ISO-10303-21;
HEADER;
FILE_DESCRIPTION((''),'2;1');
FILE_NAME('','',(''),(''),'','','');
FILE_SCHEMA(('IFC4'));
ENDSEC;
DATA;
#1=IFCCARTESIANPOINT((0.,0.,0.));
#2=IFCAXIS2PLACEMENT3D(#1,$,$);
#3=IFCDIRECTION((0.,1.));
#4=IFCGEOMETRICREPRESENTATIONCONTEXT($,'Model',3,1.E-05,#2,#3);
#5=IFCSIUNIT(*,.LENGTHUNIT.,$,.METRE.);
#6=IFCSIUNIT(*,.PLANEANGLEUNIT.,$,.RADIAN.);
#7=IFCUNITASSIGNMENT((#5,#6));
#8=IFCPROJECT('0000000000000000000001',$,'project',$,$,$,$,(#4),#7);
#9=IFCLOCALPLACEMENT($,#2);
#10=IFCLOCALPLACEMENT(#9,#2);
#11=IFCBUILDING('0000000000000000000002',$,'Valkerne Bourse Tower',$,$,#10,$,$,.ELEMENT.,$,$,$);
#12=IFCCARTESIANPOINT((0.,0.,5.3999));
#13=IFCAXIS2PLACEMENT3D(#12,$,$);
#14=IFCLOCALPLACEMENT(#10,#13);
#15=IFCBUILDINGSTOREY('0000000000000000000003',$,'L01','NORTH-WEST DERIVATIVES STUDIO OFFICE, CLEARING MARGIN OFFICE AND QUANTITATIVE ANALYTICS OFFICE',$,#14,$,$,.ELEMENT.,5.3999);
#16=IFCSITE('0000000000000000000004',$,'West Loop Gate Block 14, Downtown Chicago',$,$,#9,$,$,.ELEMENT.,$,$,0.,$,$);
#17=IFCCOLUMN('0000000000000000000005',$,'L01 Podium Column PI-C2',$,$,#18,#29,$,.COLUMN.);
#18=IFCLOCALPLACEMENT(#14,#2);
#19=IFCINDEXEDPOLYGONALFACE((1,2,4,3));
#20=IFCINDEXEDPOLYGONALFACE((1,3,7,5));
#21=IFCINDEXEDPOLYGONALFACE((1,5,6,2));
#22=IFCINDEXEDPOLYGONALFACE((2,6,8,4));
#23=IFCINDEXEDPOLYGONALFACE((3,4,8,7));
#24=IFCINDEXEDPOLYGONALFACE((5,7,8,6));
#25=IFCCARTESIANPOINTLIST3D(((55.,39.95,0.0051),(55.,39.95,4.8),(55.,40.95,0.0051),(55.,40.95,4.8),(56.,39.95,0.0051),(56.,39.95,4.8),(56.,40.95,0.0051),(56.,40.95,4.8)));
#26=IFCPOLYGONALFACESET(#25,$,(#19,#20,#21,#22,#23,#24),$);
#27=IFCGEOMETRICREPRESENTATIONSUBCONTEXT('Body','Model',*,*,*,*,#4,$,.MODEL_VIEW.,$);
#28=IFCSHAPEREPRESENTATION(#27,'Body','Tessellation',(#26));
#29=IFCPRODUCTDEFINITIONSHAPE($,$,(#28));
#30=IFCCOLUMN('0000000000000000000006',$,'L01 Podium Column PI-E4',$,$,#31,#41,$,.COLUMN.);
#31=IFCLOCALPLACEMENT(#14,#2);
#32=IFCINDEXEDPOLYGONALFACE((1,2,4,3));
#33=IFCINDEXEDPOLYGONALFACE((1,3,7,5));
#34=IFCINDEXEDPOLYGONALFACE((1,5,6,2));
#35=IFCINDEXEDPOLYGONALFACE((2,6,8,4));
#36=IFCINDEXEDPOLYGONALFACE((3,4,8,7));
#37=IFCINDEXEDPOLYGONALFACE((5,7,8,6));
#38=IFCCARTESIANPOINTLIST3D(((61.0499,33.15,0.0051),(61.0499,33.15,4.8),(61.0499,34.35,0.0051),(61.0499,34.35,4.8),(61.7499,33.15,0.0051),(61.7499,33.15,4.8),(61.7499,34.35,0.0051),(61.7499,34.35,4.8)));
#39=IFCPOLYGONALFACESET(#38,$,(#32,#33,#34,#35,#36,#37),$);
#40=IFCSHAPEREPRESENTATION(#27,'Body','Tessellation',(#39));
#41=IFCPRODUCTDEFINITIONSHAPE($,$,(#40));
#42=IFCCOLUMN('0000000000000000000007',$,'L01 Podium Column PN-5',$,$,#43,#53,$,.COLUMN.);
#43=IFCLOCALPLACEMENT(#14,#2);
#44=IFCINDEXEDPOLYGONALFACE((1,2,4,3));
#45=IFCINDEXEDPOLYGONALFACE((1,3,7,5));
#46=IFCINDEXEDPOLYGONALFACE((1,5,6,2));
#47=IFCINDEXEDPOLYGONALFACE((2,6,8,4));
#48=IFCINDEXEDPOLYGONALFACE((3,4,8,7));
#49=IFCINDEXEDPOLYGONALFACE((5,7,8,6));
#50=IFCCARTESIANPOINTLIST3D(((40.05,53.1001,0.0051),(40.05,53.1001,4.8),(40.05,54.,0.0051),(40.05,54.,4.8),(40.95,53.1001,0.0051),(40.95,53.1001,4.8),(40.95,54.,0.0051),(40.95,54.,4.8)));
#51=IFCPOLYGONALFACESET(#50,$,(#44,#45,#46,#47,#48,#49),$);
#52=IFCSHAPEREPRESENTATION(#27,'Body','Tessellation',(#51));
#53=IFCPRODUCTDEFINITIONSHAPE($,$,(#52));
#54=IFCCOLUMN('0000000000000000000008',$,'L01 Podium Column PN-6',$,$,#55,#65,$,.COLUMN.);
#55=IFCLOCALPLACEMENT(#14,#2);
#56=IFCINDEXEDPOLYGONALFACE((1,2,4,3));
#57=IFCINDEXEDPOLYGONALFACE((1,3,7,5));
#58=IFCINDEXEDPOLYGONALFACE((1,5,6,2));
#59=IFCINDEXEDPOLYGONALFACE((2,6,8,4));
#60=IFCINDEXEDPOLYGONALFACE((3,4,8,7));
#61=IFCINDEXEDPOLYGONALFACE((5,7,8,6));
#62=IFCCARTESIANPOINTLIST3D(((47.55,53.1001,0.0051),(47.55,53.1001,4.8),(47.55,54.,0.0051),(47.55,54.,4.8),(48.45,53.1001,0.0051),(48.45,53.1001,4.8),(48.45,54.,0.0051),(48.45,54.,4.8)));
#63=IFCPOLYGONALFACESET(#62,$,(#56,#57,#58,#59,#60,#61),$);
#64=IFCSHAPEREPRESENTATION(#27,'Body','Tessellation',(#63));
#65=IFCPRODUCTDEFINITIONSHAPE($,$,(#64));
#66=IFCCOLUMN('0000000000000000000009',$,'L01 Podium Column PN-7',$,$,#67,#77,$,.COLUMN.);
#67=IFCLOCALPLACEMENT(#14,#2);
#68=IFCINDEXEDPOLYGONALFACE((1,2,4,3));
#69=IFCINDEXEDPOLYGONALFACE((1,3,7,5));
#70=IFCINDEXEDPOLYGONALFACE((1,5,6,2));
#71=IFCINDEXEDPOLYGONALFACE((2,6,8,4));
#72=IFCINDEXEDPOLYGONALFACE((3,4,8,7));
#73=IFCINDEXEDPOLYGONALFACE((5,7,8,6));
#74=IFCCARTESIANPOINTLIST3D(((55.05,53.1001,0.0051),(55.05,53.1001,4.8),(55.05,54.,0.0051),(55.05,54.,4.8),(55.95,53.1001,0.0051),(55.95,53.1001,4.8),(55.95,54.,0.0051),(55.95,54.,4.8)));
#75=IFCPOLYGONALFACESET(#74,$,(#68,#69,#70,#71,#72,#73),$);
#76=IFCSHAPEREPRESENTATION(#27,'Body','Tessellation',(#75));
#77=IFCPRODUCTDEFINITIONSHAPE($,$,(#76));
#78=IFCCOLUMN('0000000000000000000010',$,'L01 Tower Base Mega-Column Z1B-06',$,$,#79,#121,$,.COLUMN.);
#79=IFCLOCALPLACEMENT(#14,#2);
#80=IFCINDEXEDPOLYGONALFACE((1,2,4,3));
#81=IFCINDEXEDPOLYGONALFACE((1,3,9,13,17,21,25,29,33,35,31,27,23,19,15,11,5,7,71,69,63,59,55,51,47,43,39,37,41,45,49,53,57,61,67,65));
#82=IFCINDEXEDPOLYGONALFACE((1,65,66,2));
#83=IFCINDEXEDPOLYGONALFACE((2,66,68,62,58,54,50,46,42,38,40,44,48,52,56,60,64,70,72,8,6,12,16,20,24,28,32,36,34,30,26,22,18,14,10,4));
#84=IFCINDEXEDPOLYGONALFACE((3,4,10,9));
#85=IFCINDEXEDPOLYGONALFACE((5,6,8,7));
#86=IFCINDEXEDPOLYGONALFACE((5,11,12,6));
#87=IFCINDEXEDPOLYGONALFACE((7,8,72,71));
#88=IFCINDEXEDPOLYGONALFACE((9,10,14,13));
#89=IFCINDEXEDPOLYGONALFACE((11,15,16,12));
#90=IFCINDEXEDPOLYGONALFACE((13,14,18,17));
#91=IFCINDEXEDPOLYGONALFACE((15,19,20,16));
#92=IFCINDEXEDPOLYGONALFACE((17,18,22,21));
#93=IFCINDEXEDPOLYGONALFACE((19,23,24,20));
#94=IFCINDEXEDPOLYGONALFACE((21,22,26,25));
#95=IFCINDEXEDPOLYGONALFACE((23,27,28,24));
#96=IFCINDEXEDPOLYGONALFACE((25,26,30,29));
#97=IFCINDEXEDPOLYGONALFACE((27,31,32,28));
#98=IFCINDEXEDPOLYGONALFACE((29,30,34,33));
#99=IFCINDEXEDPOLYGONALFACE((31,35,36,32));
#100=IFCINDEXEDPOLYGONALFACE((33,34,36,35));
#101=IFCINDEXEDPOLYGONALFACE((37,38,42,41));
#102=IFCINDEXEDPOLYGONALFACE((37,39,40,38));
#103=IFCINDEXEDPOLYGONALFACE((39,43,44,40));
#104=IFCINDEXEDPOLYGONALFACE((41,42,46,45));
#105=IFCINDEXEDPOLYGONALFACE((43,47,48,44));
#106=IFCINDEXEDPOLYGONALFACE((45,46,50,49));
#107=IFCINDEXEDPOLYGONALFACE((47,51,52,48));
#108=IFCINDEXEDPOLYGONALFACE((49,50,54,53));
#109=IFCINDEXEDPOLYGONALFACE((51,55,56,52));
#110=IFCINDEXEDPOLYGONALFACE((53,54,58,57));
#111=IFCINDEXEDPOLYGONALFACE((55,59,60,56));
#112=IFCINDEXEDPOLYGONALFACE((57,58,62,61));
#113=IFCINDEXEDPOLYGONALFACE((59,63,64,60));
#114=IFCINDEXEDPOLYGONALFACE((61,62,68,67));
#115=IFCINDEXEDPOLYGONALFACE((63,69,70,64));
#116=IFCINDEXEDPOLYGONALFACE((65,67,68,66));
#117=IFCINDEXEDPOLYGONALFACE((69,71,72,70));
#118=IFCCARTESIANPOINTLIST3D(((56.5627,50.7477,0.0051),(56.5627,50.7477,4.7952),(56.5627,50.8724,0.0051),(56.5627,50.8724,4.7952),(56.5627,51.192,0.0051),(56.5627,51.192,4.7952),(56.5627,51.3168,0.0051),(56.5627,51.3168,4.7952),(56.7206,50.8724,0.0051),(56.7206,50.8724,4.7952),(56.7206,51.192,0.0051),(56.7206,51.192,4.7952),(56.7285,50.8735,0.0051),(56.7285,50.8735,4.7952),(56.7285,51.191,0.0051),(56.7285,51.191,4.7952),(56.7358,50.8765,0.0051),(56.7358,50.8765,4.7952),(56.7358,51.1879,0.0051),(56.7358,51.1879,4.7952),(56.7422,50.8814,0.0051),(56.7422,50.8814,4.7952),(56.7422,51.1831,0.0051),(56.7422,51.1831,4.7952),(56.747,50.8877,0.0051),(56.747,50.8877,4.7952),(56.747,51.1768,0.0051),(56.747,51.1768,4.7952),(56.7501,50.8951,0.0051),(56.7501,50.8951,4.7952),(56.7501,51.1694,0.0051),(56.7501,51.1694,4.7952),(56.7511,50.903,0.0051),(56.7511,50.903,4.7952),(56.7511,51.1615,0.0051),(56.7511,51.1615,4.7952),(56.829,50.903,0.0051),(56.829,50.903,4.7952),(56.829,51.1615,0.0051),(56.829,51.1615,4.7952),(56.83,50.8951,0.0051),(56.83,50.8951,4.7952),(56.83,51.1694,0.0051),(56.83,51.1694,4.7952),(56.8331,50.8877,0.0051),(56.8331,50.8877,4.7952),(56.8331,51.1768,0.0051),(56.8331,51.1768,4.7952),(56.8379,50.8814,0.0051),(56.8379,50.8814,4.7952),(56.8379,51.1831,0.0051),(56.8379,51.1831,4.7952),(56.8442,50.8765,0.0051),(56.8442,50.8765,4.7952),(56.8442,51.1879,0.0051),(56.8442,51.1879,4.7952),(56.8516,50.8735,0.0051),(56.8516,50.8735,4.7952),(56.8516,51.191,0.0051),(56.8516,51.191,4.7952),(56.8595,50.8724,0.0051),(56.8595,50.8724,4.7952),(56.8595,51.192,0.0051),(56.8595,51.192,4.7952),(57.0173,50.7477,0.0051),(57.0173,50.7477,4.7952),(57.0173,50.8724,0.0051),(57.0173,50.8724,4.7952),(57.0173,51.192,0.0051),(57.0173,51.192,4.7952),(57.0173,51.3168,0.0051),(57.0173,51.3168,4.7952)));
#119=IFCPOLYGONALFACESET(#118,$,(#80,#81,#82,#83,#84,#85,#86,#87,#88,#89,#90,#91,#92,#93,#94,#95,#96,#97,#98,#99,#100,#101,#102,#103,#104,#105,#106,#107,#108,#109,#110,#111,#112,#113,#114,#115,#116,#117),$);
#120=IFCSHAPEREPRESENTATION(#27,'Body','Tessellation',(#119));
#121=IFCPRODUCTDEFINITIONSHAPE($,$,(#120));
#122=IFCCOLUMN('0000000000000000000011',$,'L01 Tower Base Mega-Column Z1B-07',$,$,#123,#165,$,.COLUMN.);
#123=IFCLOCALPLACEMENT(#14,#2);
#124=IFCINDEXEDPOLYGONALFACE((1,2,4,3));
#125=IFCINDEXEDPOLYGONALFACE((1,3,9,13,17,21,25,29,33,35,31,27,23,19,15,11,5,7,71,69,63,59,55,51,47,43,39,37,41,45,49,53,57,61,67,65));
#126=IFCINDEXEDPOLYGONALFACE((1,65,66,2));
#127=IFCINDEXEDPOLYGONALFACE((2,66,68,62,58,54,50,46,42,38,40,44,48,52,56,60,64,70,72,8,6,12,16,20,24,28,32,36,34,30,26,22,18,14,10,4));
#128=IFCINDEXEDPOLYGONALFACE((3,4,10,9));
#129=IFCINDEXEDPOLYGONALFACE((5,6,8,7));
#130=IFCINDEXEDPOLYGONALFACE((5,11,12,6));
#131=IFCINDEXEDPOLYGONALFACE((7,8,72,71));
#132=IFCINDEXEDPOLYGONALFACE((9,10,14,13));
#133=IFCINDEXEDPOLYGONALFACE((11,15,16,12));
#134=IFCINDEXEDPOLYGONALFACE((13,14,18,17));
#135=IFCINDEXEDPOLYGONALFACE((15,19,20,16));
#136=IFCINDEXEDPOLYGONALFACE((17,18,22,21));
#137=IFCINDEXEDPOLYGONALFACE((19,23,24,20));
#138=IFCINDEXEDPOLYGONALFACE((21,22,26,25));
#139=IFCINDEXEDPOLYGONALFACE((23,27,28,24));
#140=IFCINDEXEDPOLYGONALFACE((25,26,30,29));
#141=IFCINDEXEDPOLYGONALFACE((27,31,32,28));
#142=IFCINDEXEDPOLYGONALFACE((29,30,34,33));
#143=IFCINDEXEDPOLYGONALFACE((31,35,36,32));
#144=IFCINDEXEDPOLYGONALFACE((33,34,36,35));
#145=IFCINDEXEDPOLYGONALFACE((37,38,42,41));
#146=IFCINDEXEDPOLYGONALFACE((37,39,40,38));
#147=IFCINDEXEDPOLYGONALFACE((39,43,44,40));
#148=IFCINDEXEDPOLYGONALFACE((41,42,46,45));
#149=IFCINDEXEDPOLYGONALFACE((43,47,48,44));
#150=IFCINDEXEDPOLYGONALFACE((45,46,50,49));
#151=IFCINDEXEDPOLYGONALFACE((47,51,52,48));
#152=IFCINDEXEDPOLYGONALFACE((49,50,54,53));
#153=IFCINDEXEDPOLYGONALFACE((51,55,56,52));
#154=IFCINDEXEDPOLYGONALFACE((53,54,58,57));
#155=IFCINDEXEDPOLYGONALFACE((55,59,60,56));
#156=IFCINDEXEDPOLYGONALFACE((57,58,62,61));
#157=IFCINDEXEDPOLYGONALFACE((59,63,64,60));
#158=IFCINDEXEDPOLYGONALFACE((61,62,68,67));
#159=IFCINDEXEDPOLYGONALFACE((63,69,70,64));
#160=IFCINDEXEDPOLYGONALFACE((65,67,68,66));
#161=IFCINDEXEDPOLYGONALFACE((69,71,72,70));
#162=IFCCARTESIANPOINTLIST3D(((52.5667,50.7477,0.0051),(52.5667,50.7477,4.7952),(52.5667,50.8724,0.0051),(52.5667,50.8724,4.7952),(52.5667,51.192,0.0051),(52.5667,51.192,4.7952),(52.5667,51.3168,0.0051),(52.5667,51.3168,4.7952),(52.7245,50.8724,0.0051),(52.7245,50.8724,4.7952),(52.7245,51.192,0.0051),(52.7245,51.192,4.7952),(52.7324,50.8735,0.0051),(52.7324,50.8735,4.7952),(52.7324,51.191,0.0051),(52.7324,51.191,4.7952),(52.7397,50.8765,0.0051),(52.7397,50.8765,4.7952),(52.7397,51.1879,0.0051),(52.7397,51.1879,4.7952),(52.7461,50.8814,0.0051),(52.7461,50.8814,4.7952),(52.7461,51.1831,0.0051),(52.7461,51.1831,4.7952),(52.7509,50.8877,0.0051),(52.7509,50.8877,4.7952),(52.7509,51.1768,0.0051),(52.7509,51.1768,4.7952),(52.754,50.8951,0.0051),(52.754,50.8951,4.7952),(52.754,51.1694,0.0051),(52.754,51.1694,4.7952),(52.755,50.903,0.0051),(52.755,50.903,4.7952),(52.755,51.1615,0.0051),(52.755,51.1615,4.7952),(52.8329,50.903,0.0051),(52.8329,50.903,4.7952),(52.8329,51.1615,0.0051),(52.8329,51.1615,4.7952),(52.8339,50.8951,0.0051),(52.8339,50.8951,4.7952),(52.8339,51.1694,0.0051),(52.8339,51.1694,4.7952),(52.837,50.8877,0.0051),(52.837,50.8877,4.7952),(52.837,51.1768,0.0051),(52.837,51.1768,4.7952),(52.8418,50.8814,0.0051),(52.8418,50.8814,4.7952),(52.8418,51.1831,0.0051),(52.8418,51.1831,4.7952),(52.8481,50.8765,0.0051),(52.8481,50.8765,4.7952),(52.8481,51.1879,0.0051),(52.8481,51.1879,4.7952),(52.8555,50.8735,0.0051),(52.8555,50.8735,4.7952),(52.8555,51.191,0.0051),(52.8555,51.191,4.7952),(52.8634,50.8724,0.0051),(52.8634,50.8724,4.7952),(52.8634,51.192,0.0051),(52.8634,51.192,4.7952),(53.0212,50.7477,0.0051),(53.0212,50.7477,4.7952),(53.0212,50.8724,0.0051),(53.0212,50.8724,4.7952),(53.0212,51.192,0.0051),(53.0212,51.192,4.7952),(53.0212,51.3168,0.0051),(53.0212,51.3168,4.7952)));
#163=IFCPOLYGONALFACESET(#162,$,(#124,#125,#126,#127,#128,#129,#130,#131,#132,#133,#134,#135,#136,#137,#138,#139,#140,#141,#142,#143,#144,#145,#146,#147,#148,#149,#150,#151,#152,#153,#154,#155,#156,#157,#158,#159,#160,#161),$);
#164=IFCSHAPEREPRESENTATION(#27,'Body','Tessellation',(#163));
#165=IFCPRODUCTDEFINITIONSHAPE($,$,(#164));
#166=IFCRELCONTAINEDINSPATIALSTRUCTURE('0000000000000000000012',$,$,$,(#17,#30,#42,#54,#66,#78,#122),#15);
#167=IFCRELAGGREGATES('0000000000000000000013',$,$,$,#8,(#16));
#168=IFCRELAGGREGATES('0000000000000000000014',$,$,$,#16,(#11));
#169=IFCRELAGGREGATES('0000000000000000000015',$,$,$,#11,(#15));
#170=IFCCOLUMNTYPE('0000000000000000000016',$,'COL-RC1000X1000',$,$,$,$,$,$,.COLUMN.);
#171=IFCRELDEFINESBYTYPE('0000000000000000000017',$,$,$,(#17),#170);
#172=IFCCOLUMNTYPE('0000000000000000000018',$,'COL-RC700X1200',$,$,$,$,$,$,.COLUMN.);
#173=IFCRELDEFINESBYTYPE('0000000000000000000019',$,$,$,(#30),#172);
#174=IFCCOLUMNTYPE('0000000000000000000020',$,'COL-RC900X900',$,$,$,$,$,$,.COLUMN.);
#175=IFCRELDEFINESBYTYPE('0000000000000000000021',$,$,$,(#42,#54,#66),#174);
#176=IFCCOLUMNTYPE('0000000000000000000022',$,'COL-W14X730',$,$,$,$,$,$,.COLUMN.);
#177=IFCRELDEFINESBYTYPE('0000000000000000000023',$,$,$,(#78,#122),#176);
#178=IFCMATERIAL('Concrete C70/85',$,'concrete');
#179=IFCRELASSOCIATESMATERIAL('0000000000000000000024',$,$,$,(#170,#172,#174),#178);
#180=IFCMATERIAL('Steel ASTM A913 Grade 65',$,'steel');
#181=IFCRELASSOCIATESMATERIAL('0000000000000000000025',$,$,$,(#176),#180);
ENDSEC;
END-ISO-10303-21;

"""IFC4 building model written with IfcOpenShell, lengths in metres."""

from ifc_helpers import new_model, si_unit, direction, frame, origin, origin_2d, place, context, subcontext, project, spatial, rectangle, i_section, extrude, material, material_profile, profile_set, type_object, element, save


model = new_model("IFC4")

# Units and contexts
model_context = context("Model", 3, precision=1e-05, world=origin(), true_north=direction((0.0, 1.0)))
body_context = subcontext(model_context, "Body", "Model", "MODEL_VIEW")
ifc_project = project(units=[si_unit("LENGTHUNIT", "METRE"), si_unit("PLANEANGLEUNIT", "RADIAN")], contexts=[model_context])

# Site, building, storey
site_placement = place(None, origin())
site = spatial("IfcSite", under=ifc_project, at=site_placement, Name="West Loop Gate Block 14, Downtown Chicago", CompositionType="ELEMENT", RefElevation=0.0)
building_placement = place(site_placement, origin())
building = spatial("IfcBuilding", under=site, at=building_placement, Name="Valkerne Bourse Tower", CompositionType="ELEMENT")
storey_placement = place(building_placement, frame((0.0, 0.0, 5.3999)))
storey = spatial("IfcBuildingStorey", under=building, at=storey_placement, Name="L01", Description="NORTH-WEST DERIVATIVES STUDIO OFFICE, CLEARING MARGIN OFFICE AND QUANTITATIVE ANALYTICS OFFICE", CompositionType="ELEMENT", Elevation=5.3999)

# Columns
ifc_material_1 = material(Name="Concrete C70/85", Category="concrete")
ifc_material_profile_1 = material_profile(ifc_material_1, rectangle(XDim=1.0, YDim=1.0, at=origin_2d()), Name="RC1000X1000")
ifc_profile_set_1 = profile_set([ifc_material_profile_1], Name="Concrete C70/85")
column_type_1 = type_object("IfcColumnType", Name="COL-RC1000X1000", PredefinedType="COLUMN", material=ifc_profile_set_1)
column_1_placement = place(storey_placement, frame((55.5, 40.45, 0.0051), z_axis=(0.0, 0.0, 1.0), x_axis=(1.0, 0.0, 0.0)))
element("IfcColumn", 1, at=column_1_placement, inside=storey, type_object=column_type_1, Name="L01 Podium Column PI-C2", PredefinedType="COLUMN", context=body_context, shape_type="SweptSolid", body=[
    extrude(rectangle(XDim=1.0, YDim=1.0, at=origin_2d()), origin(), (0.0, 0.0, 1.0), 4.7949),
])
ifc_material_profile_2 = material_profile(ifc_material_1, rectangle(XDim=0.7, YDim=1.2, at=origin_2d()), Name="RC700X1200")
ifc_profile_set_2 = profile_set([ifc_material_profile_2], Name="Concrete C70/85")
column_type_2 = type_object("IfcColumnType", Name="COL-RC700X1200", PredefinedType="COLUMN", material=ifc_profile_set_2)
column_2_placement = place(storey_placement, frame((61.3999, 33.75, 0.0051), z_axis=(0.0, 0.0, 1.0), x_axis=(1.0, 0.0, 0.0)))
element("IfcColumn", 2, at=column_2_placement, inside=storey, type_object=column_type_2, Name="L01 Podium Column PI-E4", PredefinedType="COLUMN", context=body_context, shape_type="SweptSolid", body=[
    extrude(rectangle(XDim=0.7, YDim=1.2, at=origin_2d()), origin(), (0.0, 0.0, 1.0), 4.7949),
])
ifc_material_profile_3 = material_profile(ifc_material_1, rectangle(XDim=0.8999, YDim=0.8999, at=origin_2d()), Name="RC900X900")
ifc_profile_set_3 = profile_set([ifc_material_profile_3], Name="Concrete C70/85")
column_type_3 = type_object("IfcColumnType", Name="COL-RC900X900", PredefinedType="COLUMN", material=ifc_profile_set_3)
for number, where, z_axis, x_axis, name in (
    (3, (40.5, 53.55, 0.0051), (0.0, 0.0, 1.0), (1.0, 0.0, 0.0), "L01 Podium Column PN-5"),
    (4, (48.0, 53.55, 0.0051), (0.0, 0.0, 1.0), (1.0, 0.0, 0.0), "L01 Podium Column PN-6"),
    (5, (55.5, 53.55, 0.0051), (0.0, 0.0, 1.0), (1.0, 0.0, 0.0), "L01 Podium Column PN-7"),
):
    element("IfcColumn", number, at=place(storey_placement, frame(where, z_axis=z_axis, x_axis=x_axis)), inside=storey, type_object=column_type_3, Name=name, PredefinedType="COLUMN", context=body_context, shape_type="SweptSolid", body=[
        extrude(rectangle(XDim=0.8999, YDim=0.8999, at=origin_2d()), origin(), (0.0, 0.0, 1.0), 4.7949),
    ])
ifc_material_2 = material(Name="Steel ASTM A913 Grade 65", Category="steel")
ifc_material_profile_4 = material_profile(ifc_material_2, i_section(OverallWidth=0.4546, OverallDepth=0.5691, WebThickness=0.0779, FlangeThickness=0.1248, FilletRadius=0.0305, at=origin_2d()), Name="W14X730")
ifc_profile_set_4 = profile_set([ifc_material_profile_4], Name="Steel ASTM A913 Grade 65")
column_type_4 = type_object("IfcColumnType", Name="COL-W14X730", PredefinedType="COLUMN", material=ifc_profile_set_4)
for number, where, z_axis, x_axis, name in (
    (6, (56.79, 51.0322, 0.0051), (0.0, 0.0, 1.0), (-1.0, 0.0, 0.0), "L01 Tower Base Mega-Column Z1B-06"),
    (7, (52.7939, 51.0322, 0.0051), (0.0, 0.0, 1.0), (-1.0, 0.0, 0.0), "L01 Tower Base Mega-Column Z1B-07"),
):
    element("IfcColumn", number, at=place(storey_placement, frame(where, z_axis=z_axis, x_axis=x_axis)), inside=storey, type_object=column_type_4, Name=name, PredefinedType="COLUMN", context=body_context, shape_type="SweptSolid", body=[
        extrude(i_section(OverallWidth=0.4546, OverallDepth=0.5691, WebThickness=0.0779, FlangeThickness=0.1248, FilletRadius=0.0305, at=origin_2d()), origin(), (0.0, 0.0, 1.0), 4.79),
    ])

save(model, "model.ifc")
